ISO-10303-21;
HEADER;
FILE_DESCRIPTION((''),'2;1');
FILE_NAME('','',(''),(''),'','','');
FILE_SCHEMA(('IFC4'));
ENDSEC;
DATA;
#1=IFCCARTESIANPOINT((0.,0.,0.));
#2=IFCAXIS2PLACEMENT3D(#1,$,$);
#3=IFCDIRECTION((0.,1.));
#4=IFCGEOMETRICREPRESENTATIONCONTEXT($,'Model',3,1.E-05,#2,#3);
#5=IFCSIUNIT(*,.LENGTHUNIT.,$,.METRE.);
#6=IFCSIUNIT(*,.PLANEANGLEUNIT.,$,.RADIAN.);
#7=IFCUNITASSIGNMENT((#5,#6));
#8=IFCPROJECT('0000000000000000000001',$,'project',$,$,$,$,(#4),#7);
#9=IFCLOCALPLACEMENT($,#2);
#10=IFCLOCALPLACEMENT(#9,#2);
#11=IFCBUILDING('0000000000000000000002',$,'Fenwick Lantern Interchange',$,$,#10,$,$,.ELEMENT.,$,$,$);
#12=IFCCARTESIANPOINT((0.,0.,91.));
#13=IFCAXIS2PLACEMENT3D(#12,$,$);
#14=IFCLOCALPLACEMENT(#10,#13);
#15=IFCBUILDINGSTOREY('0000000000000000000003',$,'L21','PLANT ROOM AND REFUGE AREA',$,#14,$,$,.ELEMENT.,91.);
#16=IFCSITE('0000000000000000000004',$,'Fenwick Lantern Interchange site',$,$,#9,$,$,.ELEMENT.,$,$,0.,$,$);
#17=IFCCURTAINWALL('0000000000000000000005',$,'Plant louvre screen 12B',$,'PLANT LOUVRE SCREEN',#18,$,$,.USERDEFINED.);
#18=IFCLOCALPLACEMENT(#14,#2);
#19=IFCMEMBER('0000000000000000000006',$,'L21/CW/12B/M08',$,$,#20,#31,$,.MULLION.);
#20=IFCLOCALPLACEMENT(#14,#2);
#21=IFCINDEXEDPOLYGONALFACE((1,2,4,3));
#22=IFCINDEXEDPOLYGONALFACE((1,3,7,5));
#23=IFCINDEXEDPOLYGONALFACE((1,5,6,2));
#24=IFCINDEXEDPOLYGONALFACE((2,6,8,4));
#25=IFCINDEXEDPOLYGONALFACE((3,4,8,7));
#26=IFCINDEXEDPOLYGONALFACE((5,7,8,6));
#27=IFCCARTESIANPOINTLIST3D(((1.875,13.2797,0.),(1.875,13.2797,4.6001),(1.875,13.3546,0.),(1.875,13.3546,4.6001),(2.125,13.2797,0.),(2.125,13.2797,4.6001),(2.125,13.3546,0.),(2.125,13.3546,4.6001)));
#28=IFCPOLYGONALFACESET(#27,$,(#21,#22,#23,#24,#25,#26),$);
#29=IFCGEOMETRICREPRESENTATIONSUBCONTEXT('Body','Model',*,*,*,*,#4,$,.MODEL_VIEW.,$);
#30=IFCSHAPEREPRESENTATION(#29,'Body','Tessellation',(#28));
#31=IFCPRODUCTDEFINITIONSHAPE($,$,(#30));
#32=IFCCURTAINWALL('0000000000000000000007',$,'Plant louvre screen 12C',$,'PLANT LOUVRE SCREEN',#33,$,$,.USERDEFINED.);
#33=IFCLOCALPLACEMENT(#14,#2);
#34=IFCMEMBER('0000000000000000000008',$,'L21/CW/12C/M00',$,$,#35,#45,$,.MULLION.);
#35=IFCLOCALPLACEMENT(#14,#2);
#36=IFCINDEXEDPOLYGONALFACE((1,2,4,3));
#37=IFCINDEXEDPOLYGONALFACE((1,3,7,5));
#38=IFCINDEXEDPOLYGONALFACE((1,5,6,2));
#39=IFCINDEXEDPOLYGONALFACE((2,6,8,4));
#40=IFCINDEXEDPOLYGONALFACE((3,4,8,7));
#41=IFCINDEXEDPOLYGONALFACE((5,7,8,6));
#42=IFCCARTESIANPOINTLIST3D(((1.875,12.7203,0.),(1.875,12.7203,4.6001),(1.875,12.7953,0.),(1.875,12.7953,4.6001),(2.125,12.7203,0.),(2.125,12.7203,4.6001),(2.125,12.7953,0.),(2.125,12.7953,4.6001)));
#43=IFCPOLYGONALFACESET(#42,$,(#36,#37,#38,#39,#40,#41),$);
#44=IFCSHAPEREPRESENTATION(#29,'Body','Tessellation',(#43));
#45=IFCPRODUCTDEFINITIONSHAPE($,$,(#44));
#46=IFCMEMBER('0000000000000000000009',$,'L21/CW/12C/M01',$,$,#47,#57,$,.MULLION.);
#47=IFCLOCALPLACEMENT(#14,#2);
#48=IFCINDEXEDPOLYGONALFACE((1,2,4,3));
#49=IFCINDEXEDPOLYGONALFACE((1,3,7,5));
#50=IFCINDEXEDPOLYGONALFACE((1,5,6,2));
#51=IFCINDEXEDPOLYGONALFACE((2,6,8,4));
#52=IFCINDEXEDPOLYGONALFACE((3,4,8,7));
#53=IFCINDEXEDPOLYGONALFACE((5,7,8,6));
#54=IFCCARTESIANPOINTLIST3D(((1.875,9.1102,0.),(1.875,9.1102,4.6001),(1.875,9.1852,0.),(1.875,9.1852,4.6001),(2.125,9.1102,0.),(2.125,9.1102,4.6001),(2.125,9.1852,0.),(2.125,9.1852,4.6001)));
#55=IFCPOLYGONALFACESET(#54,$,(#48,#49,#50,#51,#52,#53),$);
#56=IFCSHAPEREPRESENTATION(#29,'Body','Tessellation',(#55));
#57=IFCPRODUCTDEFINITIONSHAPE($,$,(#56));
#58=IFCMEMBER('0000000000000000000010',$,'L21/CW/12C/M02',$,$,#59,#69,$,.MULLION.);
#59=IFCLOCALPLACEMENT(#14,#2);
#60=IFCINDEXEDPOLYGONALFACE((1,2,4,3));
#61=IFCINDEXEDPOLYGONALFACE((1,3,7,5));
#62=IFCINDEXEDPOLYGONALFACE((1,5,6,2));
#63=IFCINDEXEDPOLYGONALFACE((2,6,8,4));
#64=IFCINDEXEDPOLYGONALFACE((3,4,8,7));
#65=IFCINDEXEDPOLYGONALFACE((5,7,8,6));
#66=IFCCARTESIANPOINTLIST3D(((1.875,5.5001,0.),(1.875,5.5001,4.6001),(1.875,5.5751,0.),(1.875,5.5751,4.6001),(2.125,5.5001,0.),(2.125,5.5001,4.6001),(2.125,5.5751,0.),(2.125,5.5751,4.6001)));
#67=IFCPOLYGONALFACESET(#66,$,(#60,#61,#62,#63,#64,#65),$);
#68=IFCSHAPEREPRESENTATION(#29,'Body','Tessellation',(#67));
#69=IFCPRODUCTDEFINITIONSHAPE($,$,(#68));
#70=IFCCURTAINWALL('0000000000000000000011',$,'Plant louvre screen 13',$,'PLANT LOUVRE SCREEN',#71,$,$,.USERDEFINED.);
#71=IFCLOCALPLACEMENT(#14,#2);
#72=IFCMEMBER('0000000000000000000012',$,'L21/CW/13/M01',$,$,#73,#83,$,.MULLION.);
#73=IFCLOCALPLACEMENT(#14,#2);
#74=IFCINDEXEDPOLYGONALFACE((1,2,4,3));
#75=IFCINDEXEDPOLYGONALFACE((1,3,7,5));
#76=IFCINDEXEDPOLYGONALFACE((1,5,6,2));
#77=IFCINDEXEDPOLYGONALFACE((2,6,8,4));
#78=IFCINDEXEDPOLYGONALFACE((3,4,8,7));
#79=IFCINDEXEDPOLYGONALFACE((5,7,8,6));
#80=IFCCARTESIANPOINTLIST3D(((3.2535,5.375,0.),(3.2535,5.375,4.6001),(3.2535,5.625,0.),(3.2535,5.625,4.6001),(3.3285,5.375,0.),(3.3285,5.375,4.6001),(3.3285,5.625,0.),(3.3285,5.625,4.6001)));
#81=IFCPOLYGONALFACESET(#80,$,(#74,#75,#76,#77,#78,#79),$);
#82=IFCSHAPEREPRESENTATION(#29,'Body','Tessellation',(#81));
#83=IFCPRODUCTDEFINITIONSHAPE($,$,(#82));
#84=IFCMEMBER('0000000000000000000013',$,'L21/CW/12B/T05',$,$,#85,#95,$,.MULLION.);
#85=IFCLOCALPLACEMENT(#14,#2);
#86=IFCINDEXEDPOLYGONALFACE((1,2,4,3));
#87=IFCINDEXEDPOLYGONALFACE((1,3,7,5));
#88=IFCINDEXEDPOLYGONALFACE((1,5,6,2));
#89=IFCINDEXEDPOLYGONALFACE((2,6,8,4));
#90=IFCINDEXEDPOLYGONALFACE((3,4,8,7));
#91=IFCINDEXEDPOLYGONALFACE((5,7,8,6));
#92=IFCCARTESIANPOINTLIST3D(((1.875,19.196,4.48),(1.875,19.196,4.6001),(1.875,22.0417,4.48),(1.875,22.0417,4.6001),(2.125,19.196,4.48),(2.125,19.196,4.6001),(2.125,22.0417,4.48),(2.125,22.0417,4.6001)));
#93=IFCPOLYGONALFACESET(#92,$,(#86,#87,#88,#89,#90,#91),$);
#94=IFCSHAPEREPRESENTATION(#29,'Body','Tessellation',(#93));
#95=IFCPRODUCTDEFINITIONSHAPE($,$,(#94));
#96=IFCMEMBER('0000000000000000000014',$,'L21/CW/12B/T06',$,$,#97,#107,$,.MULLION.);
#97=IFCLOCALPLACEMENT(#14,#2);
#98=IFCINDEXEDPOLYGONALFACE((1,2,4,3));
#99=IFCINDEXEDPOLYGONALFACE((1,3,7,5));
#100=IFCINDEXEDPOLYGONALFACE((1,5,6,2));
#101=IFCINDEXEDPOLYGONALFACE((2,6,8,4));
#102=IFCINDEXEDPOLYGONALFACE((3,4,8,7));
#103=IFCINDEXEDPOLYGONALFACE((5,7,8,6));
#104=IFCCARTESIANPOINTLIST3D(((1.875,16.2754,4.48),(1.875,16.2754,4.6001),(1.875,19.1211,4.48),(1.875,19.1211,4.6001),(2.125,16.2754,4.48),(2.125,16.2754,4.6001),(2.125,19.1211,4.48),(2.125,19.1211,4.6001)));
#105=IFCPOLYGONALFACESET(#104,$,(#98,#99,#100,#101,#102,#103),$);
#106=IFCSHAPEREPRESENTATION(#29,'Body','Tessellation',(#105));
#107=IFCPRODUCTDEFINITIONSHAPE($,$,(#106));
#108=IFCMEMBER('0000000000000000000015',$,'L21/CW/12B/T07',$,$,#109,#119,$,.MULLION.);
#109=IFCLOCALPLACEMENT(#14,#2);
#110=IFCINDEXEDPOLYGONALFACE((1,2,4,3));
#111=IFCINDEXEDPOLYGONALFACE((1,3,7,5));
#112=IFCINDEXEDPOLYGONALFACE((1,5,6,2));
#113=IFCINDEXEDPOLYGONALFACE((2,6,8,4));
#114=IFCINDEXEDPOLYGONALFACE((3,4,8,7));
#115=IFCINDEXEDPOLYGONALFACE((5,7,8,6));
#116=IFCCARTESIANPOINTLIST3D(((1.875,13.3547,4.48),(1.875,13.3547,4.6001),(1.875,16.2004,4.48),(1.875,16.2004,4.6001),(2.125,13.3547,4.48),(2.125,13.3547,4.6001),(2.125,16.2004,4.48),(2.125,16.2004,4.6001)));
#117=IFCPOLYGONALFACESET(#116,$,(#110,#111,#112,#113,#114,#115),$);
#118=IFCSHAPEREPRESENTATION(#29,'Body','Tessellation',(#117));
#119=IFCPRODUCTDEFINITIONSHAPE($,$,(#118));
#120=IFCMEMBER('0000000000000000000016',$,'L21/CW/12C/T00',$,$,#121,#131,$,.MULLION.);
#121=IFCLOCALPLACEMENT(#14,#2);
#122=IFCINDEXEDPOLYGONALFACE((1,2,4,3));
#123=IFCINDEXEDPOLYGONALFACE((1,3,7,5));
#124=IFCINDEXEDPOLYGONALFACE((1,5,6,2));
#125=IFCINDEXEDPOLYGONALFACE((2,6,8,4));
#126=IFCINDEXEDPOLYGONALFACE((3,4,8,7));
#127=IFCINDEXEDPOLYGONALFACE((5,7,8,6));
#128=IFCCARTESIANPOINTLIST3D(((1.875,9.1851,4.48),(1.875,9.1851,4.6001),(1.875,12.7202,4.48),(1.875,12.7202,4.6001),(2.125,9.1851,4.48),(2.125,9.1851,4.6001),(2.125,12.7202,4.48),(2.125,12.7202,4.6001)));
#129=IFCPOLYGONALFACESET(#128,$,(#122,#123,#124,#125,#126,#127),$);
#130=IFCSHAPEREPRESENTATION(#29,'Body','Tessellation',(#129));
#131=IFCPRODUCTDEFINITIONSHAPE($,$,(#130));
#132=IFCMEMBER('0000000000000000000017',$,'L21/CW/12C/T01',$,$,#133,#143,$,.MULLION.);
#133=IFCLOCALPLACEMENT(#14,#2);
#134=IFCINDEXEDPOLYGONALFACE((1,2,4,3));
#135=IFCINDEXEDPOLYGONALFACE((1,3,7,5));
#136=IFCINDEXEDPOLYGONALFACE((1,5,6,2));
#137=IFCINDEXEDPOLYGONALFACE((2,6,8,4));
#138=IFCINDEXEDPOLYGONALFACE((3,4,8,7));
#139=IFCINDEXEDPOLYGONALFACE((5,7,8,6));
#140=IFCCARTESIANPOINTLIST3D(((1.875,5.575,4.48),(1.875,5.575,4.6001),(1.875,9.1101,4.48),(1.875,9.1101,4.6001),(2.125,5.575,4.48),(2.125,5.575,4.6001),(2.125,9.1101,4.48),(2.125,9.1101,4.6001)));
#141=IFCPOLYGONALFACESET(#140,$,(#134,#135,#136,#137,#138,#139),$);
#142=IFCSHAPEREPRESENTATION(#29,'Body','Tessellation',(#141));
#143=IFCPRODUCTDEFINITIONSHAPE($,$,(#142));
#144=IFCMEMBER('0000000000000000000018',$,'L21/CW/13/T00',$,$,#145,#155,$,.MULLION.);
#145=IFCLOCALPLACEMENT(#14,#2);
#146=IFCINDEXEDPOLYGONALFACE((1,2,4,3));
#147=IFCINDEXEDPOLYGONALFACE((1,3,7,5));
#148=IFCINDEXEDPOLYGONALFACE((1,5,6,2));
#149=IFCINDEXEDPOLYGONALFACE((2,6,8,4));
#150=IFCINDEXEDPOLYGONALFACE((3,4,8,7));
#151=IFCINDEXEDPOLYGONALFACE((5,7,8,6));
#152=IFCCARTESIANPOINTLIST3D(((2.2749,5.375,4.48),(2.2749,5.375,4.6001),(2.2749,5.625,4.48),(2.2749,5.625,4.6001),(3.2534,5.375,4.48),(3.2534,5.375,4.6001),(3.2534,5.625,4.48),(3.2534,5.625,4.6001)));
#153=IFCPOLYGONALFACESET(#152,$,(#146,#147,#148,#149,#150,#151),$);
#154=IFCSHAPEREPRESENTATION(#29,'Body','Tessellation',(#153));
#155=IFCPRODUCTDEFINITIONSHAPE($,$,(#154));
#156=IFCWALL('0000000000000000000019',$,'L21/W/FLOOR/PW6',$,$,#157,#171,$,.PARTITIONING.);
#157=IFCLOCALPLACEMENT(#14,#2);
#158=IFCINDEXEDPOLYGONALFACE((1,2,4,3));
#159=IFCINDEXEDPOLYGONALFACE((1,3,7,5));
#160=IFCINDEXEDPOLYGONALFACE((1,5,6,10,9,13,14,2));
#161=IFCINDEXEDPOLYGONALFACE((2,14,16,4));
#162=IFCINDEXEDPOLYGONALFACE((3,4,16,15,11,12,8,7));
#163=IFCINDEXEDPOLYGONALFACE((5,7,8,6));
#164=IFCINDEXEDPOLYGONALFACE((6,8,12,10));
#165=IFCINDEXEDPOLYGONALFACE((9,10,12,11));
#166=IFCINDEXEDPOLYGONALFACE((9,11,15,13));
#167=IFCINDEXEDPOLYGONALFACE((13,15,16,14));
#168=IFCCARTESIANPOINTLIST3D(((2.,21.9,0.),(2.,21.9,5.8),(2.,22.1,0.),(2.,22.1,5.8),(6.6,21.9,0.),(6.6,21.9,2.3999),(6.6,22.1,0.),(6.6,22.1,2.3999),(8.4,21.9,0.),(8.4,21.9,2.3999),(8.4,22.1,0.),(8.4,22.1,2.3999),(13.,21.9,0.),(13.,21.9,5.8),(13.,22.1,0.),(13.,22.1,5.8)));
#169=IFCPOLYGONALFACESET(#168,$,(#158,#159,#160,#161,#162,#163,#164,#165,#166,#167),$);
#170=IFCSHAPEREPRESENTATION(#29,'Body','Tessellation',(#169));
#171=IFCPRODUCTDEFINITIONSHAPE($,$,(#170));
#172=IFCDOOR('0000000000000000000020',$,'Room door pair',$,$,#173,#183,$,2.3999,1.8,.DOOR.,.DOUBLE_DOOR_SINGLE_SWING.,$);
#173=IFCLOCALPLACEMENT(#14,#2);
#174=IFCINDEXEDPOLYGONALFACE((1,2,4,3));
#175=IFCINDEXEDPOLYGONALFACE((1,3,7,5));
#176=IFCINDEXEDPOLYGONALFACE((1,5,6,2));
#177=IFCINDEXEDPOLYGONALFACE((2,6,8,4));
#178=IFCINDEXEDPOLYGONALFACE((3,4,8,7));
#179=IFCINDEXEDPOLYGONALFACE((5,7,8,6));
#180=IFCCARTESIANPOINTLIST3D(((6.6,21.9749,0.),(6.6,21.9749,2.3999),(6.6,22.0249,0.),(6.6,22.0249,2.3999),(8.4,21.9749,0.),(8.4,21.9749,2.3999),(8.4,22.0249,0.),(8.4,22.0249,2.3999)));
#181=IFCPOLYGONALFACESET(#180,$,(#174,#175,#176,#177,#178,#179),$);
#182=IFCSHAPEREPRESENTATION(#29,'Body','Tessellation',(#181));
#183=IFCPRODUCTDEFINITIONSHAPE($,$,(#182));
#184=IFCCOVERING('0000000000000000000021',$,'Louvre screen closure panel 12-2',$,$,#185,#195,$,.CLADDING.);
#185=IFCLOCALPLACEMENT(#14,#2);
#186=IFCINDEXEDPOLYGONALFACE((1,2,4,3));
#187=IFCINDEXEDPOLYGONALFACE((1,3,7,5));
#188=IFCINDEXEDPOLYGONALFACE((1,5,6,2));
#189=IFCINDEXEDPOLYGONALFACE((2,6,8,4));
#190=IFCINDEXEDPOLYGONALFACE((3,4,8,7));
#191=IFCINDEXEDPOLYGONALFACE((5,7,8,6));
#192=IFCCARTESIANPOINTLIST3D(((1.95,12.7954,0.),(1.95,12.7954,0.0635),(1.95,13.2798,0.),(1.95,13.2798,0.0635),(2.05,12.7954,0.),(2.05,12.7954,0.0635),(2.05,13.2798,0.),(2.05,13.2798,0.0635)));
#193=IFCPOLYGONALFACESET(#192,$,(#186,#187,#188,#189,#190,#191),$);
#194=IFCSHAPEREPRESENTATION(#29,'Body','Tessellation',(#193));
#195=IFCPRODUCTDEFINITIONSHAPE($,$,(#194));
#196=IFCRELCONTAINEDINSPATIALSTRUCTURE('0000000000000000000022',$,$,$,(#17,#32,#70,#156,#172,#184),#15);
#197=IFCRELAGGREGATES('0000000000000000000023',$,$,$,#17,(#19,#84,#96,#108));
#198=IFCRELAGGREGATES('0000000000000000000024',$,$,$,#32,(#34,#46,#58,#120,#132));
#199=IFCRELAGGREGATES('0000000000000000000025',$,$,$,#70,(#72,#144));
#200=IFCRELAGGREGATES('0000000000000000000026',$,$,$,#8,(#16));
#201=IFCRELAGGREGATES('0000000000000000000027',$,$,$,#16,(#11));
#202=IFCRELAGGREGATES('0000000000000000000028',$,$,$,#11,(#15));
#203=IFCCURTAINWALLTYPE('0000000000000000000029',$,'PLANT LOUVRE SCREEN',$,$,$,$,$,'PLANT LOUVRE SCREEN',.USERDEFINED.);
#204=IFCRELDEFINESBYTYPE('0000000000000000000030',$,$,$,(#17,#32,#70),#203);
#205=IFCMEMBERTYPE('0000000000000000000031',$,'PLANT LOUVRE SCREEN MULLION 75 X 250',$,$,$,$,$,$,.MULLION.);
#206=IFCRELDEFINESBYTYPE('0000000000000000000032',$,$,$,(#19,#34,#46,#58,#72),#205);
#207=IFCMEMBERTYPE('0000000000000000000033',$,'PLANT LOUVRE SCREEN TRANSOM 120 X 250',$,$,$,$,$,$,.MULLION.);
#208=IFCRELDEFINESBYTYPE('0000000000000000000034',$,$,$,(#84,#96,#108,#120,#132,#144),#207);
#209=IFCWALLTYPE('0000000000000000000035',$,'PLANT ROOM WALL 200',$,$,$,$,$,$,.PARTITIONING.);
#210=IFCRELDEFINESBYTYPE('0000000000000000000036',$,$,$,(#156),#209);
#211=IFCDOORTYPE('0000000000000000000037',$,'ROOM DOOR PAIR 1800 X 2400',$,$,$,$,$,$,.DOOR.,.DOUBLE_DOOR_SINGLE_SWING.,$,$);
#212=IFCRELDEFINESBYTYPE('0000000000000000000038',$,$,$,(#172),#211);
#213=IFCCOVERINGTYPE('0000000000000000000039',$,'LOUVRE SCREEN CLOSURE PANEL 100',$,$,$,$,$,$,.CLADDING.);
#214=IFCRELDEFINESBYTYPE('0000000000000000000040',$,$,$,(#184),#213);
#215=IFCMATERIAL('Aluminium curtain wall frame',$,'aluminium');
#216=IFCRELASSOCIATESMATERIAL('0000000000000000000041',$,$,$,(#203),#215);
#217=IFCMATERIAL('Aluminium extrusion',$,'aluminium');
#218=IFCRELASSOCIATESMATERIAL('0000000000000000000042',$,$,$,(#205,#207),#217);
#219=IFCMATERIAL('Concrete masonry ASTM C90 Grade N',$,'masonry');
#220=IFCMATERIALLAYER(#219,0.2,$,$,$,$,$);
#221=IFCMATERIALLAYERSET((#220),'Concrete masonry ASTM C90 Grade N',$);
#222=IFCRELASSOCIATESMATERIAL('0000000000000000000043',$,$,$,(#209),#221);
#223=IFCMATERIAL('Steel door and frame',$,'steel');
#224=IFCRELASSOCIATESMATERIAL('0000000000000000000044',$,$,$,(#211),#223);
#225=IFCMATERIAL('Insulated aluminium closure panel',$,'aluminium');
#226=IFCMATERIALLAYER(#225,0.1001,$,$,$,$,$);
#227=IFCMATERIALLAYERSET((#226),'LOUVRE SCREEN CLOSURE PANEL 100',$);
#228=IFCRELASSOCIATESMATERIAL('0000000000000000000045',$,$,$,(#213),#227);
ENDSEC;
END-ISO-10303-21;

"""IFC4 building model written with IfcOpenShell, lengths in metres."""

from ifc_helpers import new_model, si_unit, direction, frame, frame_2d, origin, origin_2d, place, context, subcontext, project, spatial, rectangle, extrude, material, layer, layer_set, material_profile, profile_set, type_object, element, fill, aggregate, save


model = new_model("IFC4")

# Units and contexts
model_context = context("Model", 3, precision=1e-05, world=origin(), true_north=direction((0.0, 1.0)))
body_context = subcontext(model_context, "Body", "Model", "MODEL_VIEW")
ifc_project = project(units=[si_unit("LENGTHUNIT", "METRE"), si_unit("PLANEANGLEUNIT", "RADIAN")], contexts=[model_context])

# Site, building, storey
site_placement = place(None, origin())
site = spatial("IfcSite", under=ifc_project, at=site_placement, Name="Fenwick Lantern Interchange site", CompositionType="ELEMENT", RefElevation=0.0)
building_placement = place(site_placement, origin())
building = spatial("IfcBuilding", under=site, at=building_placement, Name="Fenwick Lantern Interchange", CompositionType="ELEMENT")
storey_placement = place(building_placement, frame((0.0, 0.0, 91.0)))
storey = spatial("IfcBuildingStorey", under=building, at=storey_placement, Name="L21", Description="PLANT ROOM AND REFUGE AREA", CompositionType="ELEMENT", Elevation=91.0)

# Curtain walls, members
ifc_material_1 = material(Name="Aluminium curtain wall frame", Category="aluminium")
curtain_wall_type = type_object("IfcCurtainWallType", Name="PLANT LOUVRE SCREEN", ElementType="PLANT LOUVRE SCREEN", PredefinedType="USERDEFINED", material=ifc_material_1)
curtain_wall_1_placement = place(storey_placement, origin())
curtain_wall_1 = element("IfcCurtainWall", 1, at=curtain_wall_1_placement, inside=storey, type_object=curtain_wall_type, Name="Plant louvre screen 12B", ObjectType="PLANT LOUVRE SCREEN", PredefinedType="USERDEFINED")
ifc_material_2 = material(Name="Aluminium extrusion", Category="aluminium")
ifc_material_profile_1 = material_profile(ifc_material_2, rectangle(XDim=0.25, YDim=0.075, at=origin_2d()), Name="PLANT LOUVRE SCREEN MULLION 75 X 250")
ifc_profile_set_1 = profile_set([ifc_material_profile_1], Name="Aluminium extrusion")
member_type_1 = type_object("IfcMemberType", Name="PLANT LOUVRE SCREEN MULLION 75 X 250", PredefinedType="MULLION", material=ifc_profile_set_1)
member_1_placement = place(storey_placement, frame((2.0, 13.3171, 0.0), z_axis=(0.0, 0.0, 1.0), x_axis=(1.0, 0.0, 0.0)))
member_1 = element("IfcMember", 2, at=member_1_placement, type_object=member_type_1, Name="L21/CW/12B/M08", PredefinedType="MULLION", context=body_context, shape_type="SweptSolid", body=[
    extrude(rectangle(XDim=0.25, YDim=0.075, at=origin_2d()), origin(), (0.0, 0.0, 1.0), 4.6001),
])
curtain_wall_2_placement = place(storey_placement, origin())
curtain_wall_2 = element("IfcCurtainWall", 3, at=curtain_wall_2_placement, inside=storey, type_object=curtain_wall_type, Name="Plant louvre screen 12C", ObjectType="PLANT LOUVRE SCREEN", PredefinedType="USERDEFINED")
member_2_placement = place(storey_placement, frame((2.0, 12.7578, 0.0), z_axis=(0.0, 0.0, 1.0), x_axis=(1.0, 0.0, 0.0)))
member_2 = element("IfcMember", 4, at=member_2_placement, type_object=member_type_1, Name="L21/CW/12C/M00", PredefinedType="MULLION", context=body_context, shape_type="SweptSolid", body=[
    extrude(rectangle(XDim=0.25, YDim=0.075, at=origin_2d()), origin(), (0.0, 0.0, 1.0), 4.6001),
])
member_3_placement = place(storey_placement, frame((2.0, 9.1477, 0.0), z_axis=(0.0, 0.0, 1.0), x_axis=(1.0, 0.0, 0.0)))
member_3 = element("IfcMember", 5, at=member_3_placement, type_object=member_type_1, Name="L21/CW/12C/M01", PredefinedType="MULLION", context=body_context, shape_type="SweptSolid", body=[
    extrude(rectangle(XDim=0.25, YDim=0.075, at=origin_2d()), origin(), (0.0, 0.0, 1.0), 4.6001),
])
member_4_placement = place(storey_placement, frame((2.0, 5.5376, 0.0), z_axis=(0.0, 0.0, 1.0), x_axis=(1.0, 0.0, 0.0)))
member_4 = element("IfcMember", 6, at=member_4_placement, type_object=member_type_1, Name="L21/CW/12C/M02", PredefinedType="MULLION", context=body_context, shape_type="SweptSolid", body=[
    extrude(rectangle(XDim=0.25, YDim=0.075, at=origin_2d()), origin(), (0.0, 0.0, 1.0), 4.6001),
])

# Curtain wall, member
curtain_wall_3_placement = place(storey_placement, origin())
curtain_wall_3 = element("IfcCurtainWall", 7, at=curtain_wall_3_placement, inside=storey, type_object=curtain_wall_type, Name="Plant louvre screen 13", ObjectType="PLANT LOUVRE SCREEN", PredefinedType="USERDEFINED")
member_5_placement = place(storey_placement, frame((3.291, 5.5, 0.0), z_axis=(0.0, 0.0, 1.0), x_axis=(0.0, 1.0, 0.0)))
member_5 = element("IfcMember", 8, at=member_5_placement, type_object=member_type_1, Name="L21/CW/13/M01", PredefinedType="MULLION", context=body_context, shape_type="SweptSolid", body=[
    extrude(rectangle(XDim=0.25, YDim=0.075, at=origin_2d()), origin(), (0.0, 0.0, 1.0), 4.6001),
])

# Members
ifc_material_profile_2 = material_profile(ifc_material_2, rectangle(XDim=0.25, YDim=0.1201, at=origin_2d()), Name="PLANT LOUVRE SCREEN TRANSOM 120 X 250")
ifc_profile_set_2 = profile_set([ifc_material_profile_2], Name="Aluminium extrusion")
member_type_2 = type_object("IfcMemberType", Name="PLANT LOUVRE SCREEN TRANSOM 120 X 250", PredefinedType="MULLION", material=ifc_profile_set_2)
member_6_placement = place(storey_placement, frame((2.0, 22.0417, 4.54), z_axis=(0.0, -1.0, 0.0), x_axis=(1.0, 0.0, 0.0)))
member_6 = element("IfcMember", 9, at=member_6_placement, type_object=member_type_2, Name="L21/CW/12B/T05", PredefinedType="MULLION", context=body_context, shape_type="SweptSolid", body=[
    extrude(rectangle(XDim=0.25, YDim=0.1201, at=origin_2d()), origin(), (0.0, 0.0, 1.0), 2.8457),
])
member_7_placement = place(storey_placement, frame((2.0, 19.1211, 4.54), z_axis=(0.0, -1.0, 0.0), x_axis=(1.0, 0.0, 0.0)))
member_7 = element("IfcMember", 10, at=member_7_placement, type_object=member_type_2, Name="L21/CW/12B/T06", PredefinedType="MULLION", context=body_context, shape_type="SweptSolid", body=[
    extrude(rectangle(XDim=0.25, YDim=0.1201, at=origin_2d()), origin(), (0.0, 0.0, 1.0), 2.8457),
])
member_8_placement = place(storey_placement, frame((2.0, 16.2004, 4.54), z_axis=(0.0, -1.0, 0.0), x_axis=(1.0, 0.0, 0.0)))
member_8 = element("IfcMember", 11, at=member_8_placement, type_object=member_type_2, Name="L21/CW/12B/T07", PredefinedType="MULLION", context=body_context, shape_type="SweptSolid", body=[
    extrude(rectangle(XDim=0.25, YDim=0.1201, at=origin_2d()), origin(), (0.0, 0.0, 1.0), 2.8457),
])
member_9_placement = place(storey_placement, frame((2.0, 12.7202, 4.54), z_axis=(0.0, -1.0, 0.0), x_axis=(1.0, 0.0, 0.0)))
member_9 = element("IfcMember", 12, at=member_9_placement, type_object=member_type_2, Name="L21/CW/12C/T00", PredefinedType="MULLION", context=body_context, shape_type="SweptSolid", body=[
    extrude(rectangle(XDim=0.25, YDim=0.1201, at=origin_2d()), origin(), (0.0, 0.0, 1.0), 3.5352),
])
member_10_placement = place(storey_placement, frame((2.0, 9.1101, 4.54), z_axis=(0.0, -1.0, 0.0), x_axis=(1.0, 0.0, 0.0)))
member_10 = element("IfcMember", 13, at=member_10_placement, type_object=member_type_2, Name="L21/CW/12C/T01", PredefinedType="MULLION", context=body_context, shape_type="SweptSolid", body=[
    extrude(rectangle(XDim=0.25, YDim=0.1201, at=origin_2d()), origin(), (0.0, 0.0, 1.0), 3.5352),
])
member_11_placement = place(storey_placement, frame((2.2749, 5.5, 4.54), z_axis=(1.0, 0.0, 0.0), x_axis=(0.0, 1.0, 0.0)))
member_11 = element("IfcMember", 14, at=member_11_placement, type_object=member_type_2, Name="L21/CW/13/T00", PredefinedType="MULLION", context=body_context, shape_type="SweptSolid", body=[
    extrude(rectangle(XDim=0.25, YDim=0.1201, at=origin_2d()), origin(), (0.0, 0.0, 1.0), 0.9785),
])

# Wall, opening, door
ifc_material_3 = material(Name="Concrete masonry ASTM C90 Grade N", Category="masonry")
ifc_layer_1 = layer(ifc_material_3, 0.2)
ifc_layer_set_1 = layer_set([ifc_layer_1], Name="Concrete masonry ASTM C90 Grade N")
wall_type = type_object("IfcWallType", Name="PLANT ROOM WALL 200", PredefinedType="PARTITIONING", material=ifc_layer_set_1)
wall_placement = place(storey_placement, frame((2.0, 22.0, 0.0), z_axis=(0.0, 0.0, 1.0), x_axis=(1.0, 0.0, 0.0)))
wall = element("IfcWall", 15, at=wall_placement, inside=storey, type_object=wall_type, Name="L21/W/FLOOR/PW6", PredefinedType="PARTITIONING", context=body_context, shape_type="SweptSolid", body=[
    extrude(rectangle(XDim=11.0, YDim=0.2, at=frame_2d((5.5, 0.0))), origin(), (0.0, 0.0, 1.0), 5.8),
])
opening_placement = place(wall_placement, frame((4.6001, 0.0, 0.0)))
opening = element("IfcOpeningElement", 16, at=opening_placement, cuts=wall, PredefinedType="OPENING", context=body_context, shape_type="SweptSolid", body=[
    extrude(rectangle(XDim=1.8, YDim=2.3999, at=frame_2d((0.8999, 1.2))), frame((0.0, 0.1099, 0.0), z_axis=(0.0, -1.0, 0.0), x_axis=(1.0, 0.0, 0.0)), (0.0, 0.0, 1.0), 0.22),
])
ifc_material_4 = material(Name="Steel door and frame", Category="steel")
door_type = type_object("IfcDoorType", Name="ROOM DOOR PAIR 1800 X 2400", OperationType="DOUBLE_DOOR_SINGLE_SWING", PredefinedType="DOOR", material=ifc_material_4)
door_placement = place(opening_placement, origin())
door = element("IfcDoor", 17, at=door_placement, inside=storey, type_object=door_type, Name="Room door pair", OperationType="DOUBLE_DOOR_SINGLE_SWING", OverallHeight=2.3999, OverallWidth=1.8, PredefinedType="DOOR", context=body_context, shape_type="SweptSolid", body=[
    extrude(rectangle(XDim=1.8, YDim=2.3999, at=frame_2d((0.8999, 1.2))), frame((0.0, 0.0249, 0.0), z_axis=(0.0, -1.0, 0.0), x_axis=(1.0, 0.0, 0.0)), (0.0, 0.0, 1.0), 0.05),
])
fill(opening, door)

# Covering
ifc_material_5 = material(Name="Insulated aluminium closure panel", Category="aluminium")
ifc_layer_2 = layer(ifc_material_5, 0.1001)
ifc_layer_set_2 = layer_set([ifc_layer_2], Name="LOUVRE SCREEN CLOSURE PANEL 100")
covering_type = type_object("IfcCoveringType", Name="LOUVRE SCREEN CLOSURE PANEL 100", PredefinedType="CLADDING", material=ifc_layer_set_2)
covering_placement = place(storey_placement, frame((2.0, 13.0376, 0.0), z_axis=(0.0, 0.0, 1.0), x_axis=(0.0, -1.0, 0.0)))
element("IfcCovering", 18, at=covering_placement, inside=storey, type_object=covering_type, Name="Louvre screen closure panel 12-2", PredefinedType="CLADDING", context=body_context, shape_type="SweptSolid", body=[
    extrude(rectangle(XDim=0.4844, YDim=0.1001, at=origin_2d()), origin(), (0.0, 0.0, 1.0), 0.0635),
])

aggregate(curtain_wall_1, [member_1, member_6, member_7, member_8])
aggregate(curtain_wall_2, [member_2, member_3, member_4, member_9, member_10])
aggregate(curtain_wall_3, [member_5, member_11])

save(model, "model.ifc")
